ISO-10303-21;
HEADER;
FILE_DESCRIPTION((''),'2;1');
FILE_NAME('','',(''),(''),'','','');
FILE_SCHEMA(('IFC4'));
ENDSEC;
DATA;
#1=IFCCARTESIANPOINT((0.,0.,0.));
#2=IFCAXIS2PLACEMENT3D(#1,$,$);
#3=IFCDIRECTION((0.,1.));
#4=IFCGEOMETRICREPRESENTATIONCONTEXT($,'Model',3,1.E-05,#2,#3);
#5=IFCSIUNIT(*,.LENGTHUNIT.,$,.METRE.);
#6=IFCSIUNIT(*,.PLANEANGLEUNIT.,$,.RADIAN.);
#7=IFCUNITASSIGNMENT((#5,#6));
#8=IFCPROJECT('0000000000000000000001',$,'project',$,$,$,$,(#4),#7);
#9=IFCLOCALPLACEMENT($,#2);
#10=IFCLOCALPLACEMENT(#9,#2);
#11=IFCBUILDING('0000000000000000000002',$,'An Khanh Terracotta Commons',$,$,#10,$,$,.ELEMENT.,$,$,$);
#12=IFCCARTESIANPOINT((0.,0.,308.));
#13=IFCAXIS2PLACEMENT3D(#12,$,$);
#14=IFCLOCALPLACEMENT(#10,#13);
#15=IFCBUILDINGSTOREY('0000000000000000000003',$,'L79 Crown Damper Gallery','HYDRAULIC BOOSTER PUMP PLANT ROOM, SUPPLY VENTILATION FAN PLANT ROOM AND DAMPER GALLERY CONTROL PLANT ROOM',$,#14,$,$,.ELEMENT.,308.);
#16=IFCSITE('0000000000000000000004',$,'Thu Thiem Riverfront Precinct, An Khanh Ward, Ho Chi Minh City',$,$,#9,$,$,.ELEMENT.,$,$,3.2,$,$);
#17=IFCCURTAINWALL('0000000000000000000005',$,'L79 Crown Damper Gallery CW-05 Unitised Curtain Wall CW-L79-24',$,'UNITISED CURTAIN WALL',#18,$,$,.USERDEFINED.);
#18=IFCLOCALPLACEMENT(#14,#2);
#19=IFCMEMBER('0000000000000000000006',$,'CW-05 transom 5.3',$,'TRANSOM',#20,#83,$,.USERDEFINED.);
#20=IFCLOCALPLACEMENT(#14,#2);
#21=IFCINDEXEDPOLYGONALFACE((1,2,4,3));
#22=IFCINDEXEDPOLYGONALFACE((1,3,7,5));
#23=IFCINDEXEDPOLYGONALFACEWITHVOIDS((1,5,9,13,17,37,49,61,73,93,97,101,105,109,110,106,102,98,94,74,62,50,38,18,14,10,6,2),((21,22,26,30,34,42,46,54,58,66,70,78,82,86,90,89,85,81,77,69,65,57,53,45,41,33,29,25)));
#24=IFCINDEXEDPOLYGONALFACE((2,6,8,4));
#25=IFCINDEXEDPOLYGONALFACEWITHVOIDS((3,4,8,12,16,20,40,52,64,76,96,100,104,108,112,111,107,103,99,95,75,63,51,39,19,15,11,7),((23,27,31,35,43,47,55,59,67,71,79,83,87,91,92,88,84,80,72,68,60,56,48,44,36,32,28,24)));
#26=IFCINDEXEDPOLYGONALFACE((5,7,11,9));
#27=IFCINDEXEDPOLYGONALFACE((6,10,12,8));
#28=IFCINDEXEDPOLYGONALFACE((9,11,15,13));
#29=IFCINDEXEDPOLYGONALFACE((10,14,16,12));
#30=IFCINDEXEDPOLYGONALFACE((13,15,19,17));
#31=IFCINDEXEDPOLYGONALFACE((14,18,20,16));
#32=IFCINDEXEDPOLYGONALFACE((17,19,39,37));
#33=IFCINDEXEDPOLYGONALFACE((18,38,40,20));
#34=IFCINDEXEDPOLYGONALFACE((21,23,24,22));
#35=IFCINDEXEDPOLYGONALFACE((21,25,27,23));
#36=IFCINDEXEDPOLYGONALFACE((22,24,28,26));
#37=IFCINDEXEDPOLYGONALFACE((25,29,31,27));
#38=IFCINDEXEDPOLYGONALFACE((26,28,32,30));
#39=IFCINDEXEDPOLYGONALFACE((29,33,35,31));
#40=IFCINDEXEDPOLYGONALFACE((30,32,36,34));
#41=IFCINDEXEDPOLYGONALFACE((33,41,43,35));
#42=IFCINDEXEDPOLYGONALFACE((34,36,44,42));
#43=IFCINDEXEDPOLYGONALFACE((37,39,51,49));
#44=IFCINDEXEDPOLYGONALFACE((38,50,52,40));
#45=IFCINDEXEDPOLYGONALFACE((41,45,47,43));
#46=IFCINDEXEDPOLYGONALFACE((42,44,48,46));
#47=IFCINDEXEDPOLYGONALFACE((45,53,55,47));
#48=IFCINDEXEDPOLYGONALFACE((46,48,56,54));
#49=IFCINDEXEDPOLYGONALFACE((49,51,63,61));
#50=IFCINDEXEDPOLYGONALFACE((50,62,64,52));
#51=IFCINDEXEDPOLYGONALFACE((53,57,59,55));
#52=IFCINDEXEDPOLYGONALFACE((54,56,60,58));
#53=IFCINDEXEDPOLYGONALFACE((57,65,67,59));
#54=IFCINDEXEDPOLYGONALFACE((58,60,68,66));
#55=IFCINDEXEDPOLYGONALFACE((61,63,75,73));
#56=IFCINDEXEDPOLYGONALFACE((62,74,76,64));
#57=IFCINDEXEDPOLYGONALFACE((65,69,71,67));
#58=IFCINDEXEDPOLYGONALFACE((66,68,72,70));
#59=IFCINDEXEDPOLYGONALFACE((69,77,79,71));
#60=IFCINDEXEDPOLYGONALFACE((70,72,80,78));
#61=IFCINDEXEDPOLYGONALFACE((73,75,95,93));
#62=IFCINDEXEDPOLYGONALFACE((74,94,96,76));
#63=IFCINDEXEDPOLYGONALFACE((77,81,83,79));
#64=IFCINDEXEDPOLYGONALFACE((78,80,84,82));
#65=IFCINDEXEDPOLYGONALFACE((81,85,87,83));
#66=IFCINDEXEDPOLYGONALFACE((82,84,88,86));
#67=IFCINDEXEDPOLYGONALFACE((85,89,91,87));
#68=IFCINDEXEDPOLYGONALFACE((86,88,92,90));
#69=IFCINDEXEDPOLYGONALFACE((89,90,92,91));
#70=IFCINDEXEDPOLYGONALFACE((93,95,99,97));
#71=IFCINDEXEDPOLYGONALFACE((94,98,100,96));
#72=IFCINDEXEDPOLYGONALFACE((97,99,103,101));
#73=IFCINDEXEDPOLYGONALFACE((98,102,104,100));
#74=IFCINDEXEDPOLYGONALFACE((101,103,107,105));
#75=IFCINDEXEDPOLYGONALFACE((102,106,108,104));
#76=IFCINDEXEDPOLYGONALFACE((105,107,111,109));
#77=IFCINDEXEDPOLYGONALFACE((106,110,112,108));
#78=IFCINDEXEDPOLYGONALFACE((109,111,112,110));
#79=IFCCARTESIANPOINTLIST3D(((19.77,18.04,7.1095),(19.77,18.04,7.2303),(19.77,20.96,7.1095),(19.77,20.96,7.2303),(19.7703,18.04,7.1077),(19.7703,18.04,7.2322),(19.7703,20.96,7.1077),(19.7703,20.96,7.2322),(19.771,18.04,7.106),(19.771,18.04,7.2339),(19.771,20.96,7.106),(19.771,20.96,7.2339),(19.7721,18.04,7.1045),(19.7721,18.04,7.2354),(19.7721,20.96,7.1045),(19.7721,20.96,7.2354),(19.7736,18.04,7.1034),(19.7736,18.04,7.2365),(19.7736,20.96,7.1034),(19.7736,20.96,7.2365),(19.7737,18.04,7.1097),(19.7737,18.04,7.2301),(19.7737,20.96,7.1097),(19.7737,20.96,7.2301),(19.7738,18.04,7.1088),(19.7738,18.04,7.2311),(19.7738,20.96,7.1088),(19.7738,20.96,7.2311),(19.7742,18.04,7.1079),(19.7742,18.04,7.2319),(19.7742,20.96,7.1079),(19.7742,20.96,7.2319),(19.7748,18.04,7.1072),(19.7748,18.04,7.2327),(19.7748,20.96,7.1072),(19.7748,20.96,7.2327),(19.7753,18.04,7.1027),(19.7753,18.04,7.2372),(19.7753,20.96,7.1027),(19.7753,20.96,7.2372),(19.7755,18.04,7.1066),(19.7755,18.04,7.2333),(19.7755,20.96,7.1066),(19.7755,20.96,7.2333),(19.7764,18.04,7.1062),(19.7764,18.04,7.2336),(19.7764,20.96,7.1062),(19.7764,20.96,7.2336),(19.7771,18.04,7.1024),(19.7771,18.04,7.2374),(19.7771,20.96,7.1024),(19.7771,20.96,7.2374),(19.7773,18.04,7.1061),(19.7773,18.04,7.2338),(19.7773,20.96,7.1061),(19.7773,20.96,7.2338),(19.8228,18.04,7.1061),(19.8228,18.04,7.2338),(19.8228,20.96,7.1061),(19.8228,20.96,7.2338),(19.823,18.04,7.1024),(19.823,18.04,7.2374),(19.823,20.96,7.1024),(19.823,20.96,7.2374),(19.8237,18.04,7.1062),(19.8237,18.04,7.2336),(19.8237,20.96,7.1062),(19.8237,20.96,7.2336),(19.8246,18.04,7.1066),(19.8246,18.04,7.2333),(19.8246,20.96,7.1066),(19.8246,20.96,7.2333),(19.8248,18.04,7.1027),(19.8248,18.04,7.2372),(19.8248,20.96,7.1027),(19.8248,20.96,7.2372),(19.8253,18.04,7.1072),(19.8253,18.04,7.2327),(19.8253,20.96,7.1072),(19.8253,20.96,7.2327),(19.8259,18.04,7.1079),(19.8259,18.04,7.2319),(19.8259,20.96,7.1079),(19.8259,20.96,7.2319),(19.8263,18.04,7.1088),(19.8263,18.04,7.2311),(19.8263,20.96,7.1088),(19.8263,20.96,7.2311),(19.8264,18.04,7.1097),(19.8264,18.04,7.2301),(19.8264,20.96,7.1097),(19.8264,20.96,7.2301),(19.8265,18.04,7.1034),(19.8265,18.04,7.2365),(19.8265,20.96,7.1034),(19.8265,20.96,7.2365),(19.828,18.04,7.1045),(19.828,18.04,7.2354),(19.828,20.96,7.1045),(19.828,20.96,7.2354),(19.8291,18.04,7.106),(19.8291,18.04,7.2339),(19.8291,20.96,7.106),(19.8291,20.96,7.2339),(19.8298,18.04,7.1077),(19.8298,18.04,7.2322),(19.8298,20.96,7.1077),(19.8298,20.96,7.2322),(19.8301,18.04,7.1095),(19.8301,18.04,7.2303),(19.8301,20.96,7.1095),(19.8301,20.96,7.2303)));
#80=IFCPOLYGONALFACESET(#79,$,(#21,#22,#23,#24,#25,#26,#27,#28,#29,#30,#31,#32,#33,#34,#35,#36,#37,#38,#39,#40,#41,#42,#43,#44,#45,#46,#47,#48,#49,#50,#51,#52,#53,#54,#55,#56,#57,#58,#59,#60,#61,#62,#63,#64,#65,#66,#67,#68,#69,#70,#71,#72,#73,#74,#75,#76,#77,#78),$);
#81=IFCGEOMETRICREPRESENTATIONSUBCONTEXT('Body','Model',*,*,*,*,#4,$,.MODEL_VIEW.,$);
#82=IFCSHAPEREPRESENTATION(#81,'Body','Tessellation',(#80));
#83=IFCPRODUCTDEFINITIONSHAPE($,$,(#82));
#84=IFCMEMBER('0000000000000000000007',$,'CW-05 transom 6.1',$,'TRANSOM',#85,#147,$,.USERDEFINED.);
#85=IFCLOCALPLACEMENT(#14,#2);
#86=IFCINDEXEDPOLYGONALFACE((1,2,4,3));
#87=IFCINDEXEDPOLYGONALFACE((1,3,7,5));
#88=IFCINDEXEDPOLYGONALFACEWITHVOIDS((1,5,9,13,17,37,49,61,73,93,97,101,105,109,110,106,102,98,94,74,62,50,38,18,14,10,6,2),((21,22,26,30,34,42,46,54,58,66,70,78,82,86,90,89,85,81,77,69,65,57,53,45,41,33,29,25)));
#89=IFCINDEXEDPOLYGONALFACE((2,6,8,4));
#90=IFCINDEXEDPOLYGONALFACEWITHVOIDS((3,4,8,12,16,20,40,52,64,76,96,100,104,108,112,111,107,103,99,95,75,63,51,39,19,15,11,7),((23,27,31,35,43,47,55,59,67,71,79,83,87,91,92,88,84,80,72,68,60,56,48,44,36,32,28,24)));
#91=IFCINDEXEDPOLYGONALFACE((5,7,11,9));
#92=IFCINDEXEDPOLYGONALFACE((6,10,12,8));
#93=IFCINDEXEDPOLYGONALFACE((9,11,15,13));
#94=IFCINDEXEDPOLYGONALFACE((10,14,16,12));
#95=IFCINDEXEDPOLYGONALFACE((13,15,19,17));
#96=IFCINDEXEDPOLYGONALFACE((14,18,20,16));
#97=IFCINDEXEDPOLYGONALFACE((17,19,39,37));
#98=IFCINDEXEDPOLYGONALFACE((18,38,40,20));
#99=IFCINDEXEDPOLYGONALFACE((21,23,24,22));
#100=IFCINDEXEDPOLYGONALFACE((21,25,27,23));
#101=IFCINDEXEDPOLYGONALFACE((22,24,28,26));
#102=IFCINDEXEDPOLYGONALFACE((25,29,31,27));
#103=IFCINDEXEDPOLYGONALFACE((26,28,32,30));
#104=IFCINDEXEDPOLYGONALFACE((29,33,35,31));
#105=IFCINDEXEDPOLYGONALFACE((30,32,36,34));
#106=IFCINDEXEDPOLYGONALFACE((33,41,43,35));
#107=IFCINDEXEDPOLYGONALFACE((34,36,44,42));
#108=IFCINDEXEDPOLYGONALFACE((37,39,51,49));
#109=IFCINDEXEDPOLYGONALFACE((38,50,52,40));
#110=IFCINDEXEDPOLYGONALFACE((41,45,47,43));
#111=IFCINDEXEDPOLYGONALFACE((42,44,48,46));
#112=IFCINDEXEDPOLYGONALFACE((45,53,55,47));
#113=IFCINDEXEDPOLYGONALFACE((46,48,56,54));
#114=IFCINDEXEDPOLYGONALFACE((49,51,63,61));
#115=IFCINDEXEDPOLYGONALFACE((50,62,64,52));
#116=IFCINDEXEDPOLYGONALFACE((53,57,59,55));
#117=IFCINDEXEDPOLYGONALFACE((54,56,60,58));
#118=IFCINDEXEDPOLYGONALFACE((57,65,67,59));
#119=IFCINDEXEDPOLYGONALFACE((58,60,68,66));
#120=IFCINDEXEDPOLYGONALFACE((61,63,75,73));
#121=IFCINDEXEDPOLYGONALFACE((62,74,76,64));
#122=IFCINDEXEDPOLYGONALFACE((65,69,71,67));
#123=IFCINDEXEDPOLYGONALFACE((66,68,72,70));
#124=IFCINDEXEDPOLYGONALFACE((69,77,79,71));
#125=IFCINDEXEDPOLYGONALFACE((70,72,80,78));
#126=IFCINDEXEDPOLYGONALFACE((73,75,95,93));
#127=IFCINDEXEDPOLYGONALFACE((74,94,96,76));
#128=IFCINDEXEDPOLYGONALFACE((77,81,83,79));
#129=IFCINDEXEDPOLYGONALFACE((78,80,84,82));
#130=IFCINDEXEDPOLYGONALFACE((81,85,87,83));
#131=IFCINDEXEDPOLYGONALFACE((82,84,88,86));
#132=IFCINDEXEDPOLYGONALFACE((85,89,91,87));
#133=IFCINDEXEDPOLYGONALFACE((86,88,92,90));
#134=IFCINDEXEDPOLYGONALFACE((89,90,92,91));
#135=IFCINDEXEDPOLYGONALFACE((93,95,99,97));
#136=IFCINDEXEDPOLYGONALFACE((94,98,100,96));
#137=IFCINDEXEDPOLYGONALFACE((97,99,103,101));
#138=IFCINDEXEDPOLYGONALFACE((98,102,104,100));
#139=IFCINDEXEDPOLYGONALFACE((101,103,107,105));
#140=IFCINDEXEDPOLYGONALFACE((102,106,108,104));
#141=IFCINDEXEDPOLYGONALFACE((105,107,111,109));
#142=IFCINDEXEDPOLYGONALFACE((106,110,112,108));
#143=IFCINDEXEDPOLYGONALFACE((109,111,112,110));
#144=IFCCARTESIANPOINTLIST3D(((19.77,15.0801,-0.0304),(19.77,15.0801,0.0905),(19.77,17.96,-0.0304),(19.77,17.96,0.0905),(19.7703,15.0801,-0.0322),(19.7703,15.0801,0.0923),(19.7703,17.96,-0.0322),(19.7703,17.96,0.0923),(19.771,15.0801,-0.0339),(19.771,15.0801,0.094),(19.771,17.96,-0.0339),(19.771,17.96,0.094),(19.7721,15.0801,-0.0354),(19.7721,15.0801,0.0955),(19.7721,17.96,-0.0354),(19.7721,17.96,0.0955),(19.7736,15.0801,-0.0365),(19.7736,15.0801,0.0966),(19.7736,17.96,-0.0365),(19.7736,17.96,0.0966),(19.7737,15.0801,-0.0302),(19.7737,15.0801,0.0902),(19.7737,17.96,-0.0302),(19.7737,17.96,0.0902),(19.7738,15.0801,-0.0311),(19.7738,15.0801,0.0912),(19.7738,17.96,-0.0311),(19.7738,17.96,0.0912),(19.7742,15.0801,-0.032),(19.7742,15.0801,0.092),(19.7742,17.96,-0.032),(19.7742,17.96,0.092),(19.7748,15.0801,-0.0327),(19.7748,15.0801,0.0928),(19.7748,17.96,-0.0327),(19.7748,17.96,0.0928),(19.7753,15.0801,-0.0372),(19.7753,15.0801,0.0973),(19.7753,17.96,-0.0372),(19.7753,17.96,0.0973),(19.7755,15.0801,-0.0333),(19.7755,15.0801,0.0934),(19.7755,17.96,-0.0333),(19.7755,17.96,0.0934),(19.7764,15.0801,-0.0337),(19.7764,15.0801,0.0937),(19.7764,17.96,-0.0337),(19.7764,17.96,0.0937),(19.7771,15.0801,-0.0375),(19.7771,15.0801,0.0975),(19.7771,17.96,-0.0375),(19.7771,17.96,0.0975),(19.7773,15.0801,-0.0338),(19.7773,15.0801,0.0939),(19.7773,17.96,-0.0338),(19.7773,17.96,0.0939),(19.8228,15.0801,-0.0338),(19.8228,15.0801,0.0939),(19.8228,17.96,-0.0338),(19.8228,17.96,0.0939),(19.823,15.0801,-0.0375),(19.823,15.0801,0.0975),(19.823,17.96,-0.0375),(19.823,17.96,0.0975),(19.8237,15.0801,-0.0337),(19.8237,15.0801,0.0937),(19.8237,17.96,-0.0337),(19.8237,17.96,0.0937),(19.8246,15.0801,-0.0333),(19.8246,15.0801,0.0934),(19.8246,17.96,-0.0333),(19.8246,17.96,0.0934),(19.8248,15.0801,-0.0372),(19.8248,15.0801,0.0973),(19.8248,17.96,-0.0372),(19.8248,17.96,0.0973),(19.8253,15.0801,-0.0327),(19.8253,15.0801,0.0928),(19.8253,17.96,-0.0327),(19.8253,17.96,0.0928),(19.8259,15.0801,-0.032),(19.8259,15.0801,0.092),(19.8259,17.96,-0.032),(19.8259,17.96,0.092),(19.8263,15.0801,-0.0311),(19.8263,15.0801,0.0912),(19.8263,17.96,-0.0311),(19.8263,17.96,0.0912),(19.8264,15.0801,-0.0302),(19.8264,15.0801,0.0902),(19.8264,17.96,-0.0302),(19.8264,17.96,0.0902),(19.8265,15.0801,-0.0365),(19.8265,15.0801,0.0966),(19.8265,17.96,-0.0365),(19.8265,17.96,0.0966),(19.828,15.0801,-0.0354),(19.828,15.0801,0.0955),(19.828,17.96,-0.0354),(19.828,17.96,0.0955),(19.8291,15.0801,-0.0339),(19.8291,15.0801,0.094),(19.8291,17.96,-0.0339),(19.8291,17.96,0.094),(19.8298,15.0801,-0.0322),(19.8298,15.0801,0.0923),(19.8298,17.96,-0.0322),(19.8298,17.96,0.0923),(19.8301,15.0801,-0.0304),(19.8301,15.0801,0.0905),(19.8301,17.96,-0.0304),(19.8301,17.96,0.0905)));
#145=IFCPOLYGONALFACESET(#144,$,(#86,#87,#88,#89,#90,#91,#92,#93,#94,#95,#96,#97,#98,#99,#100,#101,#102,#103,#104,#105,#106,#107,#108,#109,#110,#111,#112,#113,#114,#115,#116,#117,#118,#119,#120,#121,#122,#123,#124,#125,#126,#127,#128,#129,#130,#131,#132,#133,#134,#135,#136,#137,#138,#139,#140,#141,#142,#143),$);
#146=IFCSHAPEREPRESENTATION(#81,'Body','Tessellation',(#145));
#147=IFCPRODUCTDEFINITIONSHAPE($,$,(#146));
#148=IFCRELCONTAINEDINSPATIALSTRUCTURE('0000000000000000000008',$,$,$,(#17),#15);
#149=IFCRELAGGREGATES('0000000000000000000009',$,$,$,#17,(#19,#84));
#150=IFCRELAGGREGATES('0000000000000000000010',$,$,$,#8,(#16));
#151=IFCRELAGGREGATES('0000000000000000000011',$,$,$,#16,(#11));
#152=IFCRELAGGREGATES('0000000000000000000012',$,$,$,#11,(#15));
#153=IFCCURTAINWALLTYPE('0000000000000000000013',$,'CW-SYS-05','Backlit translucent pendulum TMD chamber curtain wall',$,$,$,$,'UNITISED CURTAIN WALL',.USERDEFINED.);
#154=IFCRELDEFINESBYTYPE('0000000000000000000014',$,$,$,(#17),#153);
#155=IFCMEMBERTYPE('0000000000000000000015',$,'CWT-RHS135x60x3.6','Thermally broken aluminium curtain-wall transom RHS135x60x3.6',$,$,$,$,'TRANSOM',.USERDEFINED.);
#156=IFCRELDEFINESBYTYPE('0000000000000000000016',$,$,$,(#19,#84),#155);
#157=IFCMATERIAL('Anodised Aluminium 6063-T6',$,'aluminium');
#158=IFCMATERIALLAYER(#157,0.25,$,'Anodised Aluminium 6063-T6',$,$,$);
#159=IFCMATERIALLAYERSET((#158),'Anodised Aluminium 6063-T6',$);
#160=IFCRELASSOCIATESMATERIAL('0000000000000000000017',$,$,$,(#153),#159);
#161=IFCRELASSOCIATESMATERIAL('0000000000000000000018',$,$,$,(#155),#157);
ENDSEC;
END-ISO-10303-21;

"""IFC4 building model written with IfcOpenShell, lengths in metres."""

from ifc_helpers import new_model, si_unit, direction, frame, origin, origin_2d, place, context, subcontext, project, spatial, hollow_rectangle, extrude, material, layer, layer_set, material_profile, profile_set, type_object, element, aggregate, save


model = new_model("IFC4")

# Units and contexts
model_context = context("Model", 3, precision=1e-05, world=origin(), true_north=direction((0.0, 1.0)))
body_context = subcontext(model_context, "Body", "Model", "MODEL_VIEW")
ifc_project = project(units=[si_unit("LENGTHUNIT", "METRE"), si_unit("PLANEANGLEUNIT", "RADIAN")], contexts=[model_context])

# Site, building, storey
site_placement = place(None, origin())
site = spatial("IfcSite", under=ifc_project, at=site_placement, Name="Thu Thiem Riverfront Precinct, An Khanh Ward, Ho Chi Minh City", CompositionType="ELEMENT", RefElevation=3.2)
building_placement = place(site_placement, origin())
building = spatial("IfcBuilding", under=site, at=building_placement, Name="An Khanh Terracotta Commons", CompositionType="ELEMENT")
storey_placement = place(building_placement, frame((0.0, 0.0, 308.0)))
storey = spatial("IfcBuildingStorey", under=building, at=storey_placement, Name="L79 Crown Damper Gallery", Description="HYDRAULIC BOOSTER PUMP PLANT ROOM, SUPPLY VENTILATION FAN PLANT ROOM AND DAMPER GALLERY CONTROL PLANT ROOM", CompositionType="ELEMENT", Elevation=308.0)

# Curtain wall, members
ifc_material_1 = material(Name="Anodised Aluminium 6063-T6", Category="aluminium")
ifc_layer_1 = layer(ifc_material_1, 0.25, Name="Anodised Aluminium 6063-T6")
ifc_layer_set_1 = layer_set([ifc_layer_1], Name="Anodised Aluminium 6063-T6")
curtain_wall_type = type_object("IfcCurtainWallType", Name="CW-SYS-05", Description="Backlit translucent pendulum TMD chamber curtain wall", ElementType="UNITISED CURTAIN WALL", PredefinedType="USERDEFINED", material=ifc_layer_set_1)
curtain_wall_placement = place(storey_placement, origin())
curtain_wall = element("IfcCurtainWall", 1, at=curtain_wall_placement, inside=storey, type_object=curtain_wall_type, Name="L79 Crown Damper Gallery CW-05 Unitised Curtain Wall CW-L79-24", ObjectType="UNITISED CURTAIN WALL", PredefinedType="USERDEFINED")
ifc_material_profile_1 = material_profile(ifc_material_1, hollow_rectangle(XDim=0.0601, YDim=0.135, WallThickness=0.0037, InnerFilletRadius=0.0037, OuterFilletRadius=0.0071, at=origin_2d()), Name="RHS135x60x3.6")
ifc_profile_set_1 = profile_set([ifc_material_profile_1], Name="Anodised Aluminium 6063-T6")
member_type_1 = type_object("IfcMemberType", Name="CWT-RHS135x60x3.6", Description="Thermally broken aluminium curtain-wall transom RHS135x60x3.6", ElementType="TRANSOM", PredefinedType="USERDEFINED", material=ifc_profile_set_1)
member_1_placement = place(storey_placement, frame((19.8, 20.96, 7.1699), z_axis=(0.0, -1.0, 0.0), x_axis=(1.0, 0.0, 0.0)))
member_1 = element("IfcMember", 2, at=member_1_placement, type_object=member_type_1, Name="CW-05 transom 5.3", ObjectType="TRANSOM", PredefinedType="USERDEFINED", context=body_context, shape_type="SweptSolid", body=[
    extrude(hollow_rectangle(XDim=0.0601, YDim=0.135, WallThickness=0.0037, InnerFilletRadius=0.0037, OuterFilletRadius=0.0071, at=origin_2d()), origin(), (0.0, 0.0, 1.0), 2.9199),
])
member_2_placement = place(storey_placement, frame((19.8, 17.96, 0.03), z_axis=(0.0, -1.0, 0.0), x_axis=(1.0, 0.0, 0.0)))
member_2 = element("IfcMember", 3, at=member_2_placement, type_object=member_type_1, Name="CW-05 transom 6.1", ObjectType="TRANSOM", PredefinedType="USERDEFINED", context=body_context, shape_type="SweptSolid", body=[
    extrude(hollow_rectangle(XDim=0.0601, YDim=0.135, WallThickness=0.0037, InnerFilletRadius=0.0037, OuterFilletRadius=0.0071, at=origin_2d()), origin(), (0.0, 0.0, 1.0), 2.8799),
])
aggregate(curtain_wall, [member_1, member_2])

save(model, "model.ifc")
